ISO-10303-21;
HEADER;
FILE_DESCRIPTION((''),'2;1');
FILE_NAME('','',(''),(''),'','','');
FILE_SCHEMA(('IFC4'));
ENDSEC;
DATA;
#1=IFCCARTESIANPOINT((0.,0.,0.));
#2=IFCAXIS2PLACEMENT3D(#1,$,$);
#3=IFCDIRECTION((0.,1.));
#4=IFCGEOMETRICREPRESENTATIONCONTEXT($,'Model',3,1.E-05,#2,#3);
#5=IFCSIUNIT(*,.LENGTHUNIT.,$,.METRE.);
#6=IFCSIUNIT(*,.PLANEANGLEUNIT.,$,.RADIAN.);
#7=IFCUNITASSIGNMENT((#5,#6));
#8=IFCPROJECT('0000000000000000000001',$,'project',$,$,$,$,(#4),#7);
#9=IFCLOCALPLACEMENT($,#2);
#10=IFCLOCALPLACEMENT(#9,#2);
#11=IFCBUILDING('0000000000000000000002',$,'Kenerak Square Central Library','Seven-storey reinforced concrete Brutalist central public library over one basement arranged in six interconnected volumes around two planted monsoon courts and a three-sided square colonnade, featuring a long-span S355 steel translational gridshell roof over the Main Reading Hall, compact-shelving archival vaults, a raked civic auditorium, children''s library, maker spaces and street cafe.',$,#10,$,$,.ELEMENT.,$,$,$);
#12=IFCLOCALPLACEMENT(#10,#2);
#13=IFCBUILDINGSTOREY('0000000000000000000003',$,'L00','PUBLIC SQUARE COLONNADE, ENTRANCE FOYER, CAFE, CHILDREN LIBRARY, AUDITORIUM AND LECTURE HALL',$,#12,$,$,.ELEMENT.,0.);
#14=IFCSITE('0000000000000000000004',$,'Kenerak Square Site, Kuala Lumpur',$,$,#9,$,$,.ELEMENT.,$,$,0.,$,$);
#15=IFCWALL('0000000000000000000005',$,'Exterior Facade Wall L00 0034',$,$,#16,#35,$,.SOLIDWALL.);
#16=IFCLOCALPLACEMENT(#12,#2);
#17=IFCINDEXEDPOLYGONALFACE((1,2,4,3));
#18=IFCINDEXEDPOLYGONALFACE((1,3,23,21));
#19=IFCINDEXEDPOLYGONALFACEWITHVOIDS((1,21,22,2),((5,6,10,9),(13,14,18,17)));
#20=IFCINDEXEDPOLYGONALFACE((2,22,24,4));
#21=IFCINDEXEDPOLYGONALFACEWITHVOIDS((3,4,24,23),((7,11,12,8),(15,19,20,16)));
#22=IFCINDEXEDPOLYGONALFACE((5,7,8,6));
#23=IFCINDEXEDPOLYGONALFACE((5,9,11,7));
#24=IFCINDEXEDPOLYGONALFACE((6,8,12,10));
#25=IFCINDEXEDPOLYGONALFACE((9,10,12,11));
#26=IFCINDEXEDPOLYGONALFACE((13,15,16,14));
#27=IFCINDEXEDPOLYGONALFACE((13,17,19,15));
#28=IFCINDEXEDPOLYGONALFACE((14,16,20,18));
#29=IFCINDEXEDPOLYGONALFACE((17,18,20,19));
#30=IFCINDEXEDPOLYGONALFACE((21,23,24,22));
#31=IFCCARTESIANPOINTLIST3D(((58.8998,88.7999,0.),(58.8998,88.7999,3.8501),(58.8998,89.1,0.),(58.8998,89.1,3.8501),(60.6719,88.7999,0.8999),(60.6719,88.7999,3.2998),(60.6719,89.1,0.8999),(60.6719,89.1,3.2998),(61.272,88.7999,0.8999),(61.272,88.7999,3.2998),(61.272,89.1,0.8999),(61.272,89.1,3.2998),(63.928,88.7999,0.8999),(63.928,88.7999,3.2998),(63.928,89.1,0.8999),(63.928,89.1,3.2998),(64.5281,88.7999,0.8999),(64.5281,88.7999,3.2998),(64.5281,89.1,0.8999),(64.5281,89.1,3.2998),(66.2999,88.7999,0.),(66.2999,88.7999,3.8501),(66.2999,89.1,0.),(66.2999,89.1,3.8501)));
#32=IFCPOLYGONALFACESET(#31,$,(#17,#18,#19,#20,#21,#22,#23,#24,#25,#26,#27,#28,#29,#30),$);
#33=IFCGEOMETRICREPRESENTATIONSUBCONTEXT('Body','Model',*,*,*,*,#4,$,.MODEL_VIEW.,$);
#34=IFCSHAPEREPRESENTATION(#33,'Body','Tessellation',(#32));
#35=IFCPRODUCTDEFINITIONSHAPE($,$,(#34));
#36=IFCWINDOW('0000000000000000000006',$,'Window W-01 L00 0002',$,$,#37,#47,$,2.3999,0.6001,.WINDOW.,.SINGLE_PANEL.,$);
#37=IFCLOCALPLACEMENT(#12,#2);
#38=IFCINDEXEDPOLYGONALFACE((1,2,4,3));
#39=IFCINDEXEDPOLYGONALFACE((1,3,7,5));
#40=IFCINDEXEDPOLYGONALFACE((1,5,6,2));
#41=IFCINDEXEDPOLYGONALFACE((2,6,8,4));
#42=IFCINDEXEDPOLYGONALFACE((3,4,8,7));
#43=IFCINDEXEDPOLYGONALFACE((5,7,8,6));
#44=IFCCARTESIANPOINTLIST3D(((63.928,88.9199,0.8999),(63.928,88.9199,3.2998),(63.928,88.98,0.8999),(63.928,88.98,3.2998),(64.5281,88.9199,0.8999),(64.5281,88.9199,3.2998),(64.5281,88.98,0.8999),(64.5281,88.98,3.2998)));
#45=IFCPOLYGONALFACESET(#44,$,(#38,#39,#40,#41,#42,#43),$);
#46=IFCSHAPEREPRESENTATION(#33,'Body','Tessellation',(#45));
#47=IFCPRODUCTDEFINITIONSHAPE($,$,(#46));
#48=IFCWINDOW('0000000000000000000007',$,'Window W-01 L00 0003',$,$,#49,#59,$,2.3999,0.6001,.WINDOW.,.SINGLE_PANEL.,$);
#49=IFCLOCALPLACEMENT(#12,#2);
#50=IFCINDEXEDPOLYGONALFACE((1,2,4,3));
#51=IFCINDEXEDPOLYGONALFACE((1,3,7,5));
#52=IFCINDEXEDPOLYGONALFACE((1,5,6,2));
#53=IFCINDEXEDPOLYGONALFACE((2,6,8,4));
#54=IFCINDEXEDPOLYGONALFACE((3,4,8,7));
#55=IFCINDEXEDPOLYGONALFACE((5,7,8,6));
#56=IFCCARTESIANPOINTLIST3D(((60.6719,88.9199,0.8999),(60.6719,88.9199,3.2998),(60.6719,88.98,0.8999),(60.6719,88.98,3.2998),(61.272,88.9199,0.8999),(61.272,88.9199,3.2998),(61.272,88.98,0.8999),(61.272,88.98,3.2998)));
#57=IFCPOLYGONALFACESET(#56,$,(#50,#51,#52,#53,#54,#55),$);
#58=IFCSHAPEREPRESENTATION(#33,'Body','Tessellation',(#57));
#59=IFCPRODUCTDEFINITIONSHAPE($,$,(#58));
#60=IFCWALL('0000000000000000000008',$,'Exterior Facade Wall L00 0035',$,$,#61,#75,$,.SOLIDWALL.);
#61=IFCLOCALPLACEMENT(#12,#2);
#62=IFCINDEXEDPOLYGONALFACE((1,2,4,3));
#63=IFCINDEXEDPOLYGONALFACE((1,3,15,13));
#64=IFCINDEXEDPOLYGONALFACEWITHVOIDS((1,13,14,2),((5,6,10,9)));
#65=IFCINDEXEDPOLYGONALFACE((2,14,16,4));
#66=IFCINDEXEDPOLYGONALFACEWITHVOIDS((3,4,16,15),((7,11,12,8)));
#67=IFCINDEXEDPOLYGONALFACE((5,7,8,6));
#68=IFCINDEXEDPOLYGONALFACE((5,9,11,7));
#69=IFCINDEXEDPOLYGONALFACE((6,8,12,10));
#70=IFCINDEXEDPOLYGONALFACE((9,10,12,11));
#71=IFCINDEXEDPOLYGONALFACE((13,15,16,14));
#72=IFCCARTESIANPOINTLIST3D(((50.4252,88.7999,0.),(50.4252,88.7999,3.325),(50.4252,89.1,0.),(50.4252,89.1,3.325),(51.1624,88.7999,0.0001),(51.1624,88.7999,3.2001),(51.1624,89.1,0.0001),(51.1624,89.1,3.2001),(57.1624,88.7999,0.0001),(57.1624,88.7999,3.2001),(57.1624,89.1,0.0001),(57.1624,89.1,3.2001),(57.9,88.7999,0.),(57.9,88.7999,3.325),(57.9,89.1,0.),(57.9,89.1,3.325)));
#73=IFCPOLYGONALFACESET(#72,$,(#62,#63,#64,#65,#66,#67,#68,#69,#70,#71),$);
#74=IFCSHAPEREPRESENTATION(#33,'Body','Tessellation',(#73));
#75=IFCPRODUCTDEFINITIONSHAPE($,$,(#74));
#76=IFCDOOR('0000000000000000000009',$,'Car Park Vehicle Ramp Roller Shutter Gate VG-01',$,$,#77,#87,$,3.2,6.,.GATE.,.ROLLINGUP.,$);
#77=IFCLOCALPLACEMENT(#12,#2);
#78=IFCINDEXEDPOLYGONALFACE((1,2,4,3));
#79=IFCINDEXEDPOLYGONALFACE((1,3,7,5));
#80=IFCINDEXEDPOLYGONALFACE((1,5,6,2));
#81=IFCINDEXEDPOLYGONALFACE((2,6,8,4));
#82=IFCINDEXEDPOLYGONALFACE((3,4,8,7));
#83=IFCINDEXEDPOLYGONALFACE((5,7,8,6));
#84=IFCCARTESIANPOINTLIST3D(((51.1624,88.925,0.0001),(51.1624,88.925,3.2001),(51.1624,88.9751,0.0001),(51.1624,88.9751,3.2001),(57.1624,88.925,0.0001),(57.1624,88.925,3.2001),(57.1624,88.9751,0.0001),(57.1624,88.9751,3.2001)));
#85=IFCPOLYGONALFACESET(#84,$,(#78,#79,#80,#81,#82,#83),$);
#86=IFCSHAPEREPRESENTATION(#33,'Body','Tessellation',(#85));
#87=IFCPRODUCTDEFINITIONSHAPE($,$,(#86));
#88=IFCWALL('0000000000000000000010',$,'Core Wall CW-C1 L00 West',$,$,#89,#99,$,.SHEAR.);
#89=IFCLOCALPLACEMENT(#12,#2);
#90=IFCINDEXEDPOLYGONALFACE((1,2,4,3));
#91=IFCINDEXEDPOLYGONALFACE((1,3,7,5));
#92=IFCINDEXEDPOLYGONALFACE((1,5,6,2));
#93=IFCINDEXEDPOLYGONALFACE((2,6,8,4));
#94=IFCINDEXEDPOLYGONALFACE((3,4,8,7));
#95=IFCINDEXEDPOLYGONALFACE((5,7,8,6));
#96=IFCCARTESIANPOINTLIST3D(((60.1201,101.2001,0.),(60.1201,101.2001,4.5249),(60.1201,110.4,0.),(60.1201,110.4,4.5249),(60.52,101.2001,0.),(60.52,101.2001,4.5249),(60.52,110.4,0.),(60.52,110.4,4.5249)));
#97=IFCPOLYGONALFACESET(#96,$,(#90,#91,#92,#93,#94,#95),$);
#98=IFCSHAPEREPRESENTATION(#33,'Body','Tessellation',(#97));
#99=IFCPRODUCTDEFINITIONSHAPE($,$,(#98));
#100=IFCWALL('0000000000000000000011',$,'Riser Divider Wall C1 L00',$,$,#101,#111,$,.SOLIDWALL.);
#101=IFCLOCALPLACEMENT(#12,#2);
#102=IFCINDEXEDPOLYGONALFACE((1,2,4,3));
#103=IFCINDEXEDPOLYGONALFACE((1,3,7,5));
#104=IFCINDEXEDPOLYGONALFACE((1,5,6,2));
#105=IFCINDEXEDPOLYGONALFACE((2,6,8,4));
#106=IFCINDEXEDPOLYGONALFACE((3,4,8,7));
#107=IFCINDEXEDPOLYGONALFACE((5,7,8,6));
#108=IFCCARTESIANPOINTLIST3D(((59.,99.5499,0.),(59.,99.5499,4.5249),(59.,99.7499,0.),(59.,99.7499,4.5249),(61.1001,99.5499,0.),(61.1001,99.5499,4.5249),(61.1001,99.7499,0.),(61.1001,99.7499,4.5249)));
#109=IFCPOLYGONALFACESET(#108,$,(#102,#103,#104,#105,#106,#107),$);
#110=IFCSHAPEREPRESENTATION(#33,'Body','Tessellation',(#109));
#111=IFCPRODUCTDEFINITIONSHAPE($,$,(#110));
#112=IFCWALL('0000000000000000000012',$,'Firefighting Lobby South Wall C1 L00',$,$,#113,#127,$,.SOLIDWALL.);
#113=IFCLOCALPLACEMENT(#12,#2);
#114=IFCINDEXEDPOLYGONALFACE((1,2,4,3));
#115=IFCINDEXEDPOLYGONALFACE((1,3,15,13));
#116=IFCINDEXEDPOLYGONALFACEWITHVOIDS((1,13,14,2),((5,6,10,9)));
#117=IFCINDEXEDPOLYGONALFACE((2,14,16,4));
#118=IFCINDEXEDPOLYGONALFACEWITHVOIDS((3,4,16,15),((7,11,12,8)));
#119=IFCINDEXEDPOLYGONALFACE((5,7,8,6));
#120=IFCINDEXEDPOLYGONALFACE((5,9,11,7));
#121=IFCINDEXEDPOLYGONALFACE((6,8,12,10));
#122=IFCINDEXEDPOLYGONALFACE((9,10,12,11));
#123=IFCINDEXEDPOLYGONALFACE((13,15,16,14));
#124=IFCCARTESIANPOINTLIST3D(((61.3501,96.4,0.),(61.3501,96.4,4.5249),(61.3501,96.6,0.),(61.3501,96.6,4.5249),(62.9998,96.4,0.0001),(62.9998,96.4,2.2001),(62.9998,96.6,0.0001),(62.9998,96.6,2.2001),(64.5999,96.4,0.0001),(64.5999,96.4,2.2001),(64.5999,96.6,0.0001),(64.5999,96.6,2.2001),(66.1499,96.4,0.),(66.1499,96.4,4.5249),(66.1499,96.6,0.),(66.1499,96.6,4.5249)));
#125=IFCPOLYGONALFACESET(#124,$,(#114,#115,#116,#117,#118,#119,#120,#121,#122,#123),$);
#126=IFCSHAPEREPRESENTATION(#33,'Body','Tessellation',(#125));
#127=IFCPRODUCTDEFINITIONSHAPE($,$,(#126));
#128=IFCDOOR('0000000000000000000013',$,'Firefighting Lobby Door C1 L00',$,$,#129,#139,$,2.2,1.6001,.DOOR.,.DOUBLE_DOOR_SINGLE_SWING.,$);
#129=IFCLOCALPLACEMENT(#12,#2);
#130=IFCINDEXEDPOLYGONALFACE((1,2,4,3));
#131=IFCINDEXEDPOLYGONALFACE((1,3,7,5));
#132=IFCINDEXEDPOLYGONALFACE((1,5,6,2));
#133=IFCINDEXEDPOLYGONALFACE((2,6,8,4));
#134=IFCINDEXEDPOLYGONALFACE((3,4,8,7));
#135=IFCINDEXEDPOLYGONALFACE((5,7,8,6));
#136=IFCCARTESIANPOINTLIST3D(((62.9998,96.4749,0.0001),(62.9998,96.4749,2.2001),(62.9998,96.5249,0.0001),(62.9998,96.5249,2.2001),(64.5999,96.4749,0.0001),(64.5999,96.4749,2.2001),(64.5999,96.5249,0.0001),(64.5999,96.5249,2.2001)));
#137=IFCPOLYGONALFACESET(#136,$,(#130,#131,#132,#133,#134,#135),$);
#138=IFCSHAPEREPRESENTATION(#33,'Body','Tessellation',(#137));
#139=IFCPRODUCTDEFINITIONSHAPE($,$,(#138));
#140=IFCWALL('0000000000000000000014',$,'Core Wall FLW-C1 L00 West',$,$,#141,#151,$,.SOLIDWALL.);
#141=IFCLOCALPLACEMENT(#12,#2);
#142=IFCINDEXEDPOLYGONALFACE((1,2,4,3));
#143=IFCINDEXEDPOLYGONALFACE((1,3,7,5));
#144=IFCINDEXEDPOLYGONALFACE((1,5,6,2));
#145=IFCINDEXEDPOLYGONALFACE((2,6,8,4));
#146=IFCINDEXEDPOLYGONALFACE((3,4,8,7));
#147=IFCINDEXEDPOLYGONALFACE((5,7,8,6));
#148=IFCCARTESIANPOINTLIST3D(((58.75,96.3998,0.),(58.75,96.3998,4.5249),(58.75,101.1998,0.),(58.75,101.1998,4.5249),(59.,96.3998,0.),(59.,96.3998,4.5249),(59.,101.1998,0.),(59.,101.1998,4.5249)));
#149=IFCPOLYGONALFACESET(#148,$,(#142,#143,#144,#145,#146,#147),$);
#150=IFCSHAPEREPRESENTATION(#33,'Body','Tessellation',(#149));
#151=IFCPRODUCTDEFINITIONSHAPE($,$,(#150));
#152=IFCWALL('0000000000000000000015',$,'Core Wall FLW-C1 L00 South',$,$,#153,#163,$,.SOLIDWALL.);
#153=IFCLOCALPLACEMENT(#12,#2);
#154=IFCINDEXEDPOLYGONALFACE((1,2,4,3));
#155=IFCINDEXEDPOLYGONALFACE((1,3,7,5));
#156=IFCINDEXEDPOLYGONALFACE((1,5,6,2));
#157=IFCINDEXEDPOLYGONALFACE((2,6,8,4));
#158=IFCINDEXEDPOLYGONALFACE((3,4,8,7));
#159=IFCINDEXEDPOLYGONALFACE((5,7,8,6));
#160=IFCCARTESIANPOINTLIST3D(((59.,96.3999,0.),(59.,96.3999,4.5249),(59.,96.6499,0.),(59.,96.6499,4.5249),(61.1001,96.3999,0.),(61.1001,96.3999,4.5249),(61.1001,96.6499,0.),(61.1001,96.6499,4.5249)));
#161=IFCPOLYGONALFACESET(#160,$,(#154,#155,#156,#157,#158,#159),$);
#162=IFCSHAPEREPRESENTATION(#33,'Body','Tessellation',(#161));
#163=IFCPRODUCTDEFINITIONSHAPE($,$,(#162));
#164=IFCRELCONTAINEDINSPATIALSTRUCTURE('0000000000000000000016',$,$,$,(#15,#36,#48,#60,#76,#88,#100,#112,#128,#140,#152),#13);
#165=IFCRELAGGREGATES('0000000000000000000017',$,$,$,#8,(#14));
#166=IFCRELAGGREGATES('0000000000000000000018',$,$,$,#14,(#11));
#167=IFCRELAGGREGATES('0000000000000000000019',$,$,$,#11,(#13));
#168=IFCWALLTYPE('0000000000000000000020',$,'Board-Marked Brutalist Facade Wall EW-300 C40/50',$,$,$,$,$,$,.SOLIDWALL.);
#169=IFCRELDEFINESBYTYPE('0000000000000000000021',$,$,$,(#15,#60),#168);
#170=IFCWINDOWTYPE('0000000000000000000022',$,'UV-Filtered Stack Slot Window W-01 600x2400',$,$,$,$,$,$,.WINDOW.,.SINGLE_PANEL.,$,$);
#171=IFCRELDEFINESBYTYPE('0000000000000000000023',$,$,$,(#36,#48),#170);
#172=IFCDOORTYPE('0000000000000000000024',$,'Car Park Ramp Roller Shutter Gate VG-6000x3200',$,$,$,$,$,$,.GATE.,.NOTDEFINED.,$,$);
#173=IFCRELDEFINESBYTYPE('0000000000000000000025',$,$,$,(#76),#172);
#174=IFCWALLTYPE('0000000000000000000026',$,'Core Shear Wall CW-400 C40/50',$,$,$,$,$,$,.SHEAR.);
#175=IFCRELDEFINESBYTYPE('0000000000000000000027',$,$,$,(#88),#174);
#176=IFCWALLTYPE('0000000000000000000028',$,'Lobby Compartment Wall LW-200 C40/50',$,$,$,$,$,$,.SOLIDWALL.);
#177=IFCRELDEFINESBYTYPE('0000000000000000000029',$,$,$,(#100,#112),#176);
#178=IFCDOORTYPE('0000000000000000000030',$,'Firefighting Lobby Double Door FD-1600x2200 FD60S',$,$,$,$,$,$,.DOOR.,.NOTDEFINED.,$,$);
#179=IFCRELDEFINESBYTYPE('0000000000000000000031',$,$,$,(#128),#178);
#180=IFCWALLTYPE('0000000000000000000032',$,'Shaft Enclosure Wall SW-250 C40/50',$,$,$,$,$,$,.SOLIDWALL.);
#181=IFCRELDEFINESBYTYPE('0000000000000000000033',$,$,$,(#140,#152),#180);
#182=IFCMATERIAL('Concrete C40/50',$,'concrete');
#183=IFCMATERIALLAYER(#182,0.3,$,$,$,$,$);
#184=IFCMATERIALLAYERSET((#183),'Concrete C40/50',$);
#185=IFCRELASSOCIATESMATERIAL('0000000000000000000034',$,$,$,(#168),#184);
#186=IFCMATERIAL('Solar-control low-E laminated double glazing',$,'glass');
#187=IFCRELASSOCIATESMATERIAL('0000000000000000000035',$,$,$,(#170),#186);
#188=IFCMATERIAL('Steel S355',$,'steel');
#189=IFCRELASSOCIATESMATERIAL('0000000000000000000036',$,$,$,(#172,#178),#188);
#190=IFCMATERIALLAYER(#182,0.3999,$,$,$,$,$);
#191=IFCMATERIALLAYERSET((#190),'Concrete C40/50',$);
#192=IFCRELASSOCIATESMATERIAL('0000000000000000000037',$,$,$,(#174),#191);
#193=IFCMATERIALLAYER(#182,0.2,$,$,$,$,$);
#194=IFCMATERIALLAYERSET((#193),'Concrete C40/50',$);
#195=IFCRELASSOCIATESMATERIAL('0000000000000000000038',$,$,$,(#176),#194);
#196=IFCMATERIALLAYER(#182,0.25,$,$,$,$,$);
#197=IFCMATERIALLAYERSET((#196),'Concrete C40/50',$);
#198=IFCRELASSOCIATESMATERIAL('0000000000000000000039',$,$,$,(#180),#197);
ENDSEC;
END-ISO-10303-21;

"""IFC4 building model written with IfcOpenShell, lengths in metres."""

from ifc_helpers import new_model, si_unit, direction, frame, frame_2d, origin, place, context, subcontext, project, spatial, rectangle, extrude, material, layer, layer_set, type_object, element, fill, save


model = new_model("IFC4")

# Units and contexts
model_context = context("Model", 3, precision=1e-05, world=origin(), true_north=direction((0.0, 1.0)))
body_context = subcontext(model_context, "Body", "Model", "MODEL_VIEW")
ifc_project = project(units=[si_unit("LENGTHUNIT", "METRE"), si_unit("PLANEANGLEUNIT", "RADIAN")], contexts=[model_context])

# Site, building, storey
site_placement = place(None, origin())
site = spatial("IfcSite", under=ifc_project, at=site_placement, Name="Kenerak Square Site, Kuala Lumpur", CompositionType="ELEMENT", RefElevation=0.0)
building_placement = place(site_placement, origin())
building = spatial("IfcBuilding", under=site, at=building_placement, Name="Kenerak Square Central Library", Description="Seven-storey reinforced concrete Brutalist central public library over one basement arranged in six interconnected volumes around two planted monsoon courts and a three-sided square colonnade, featuring a long-span S355 steel translational gridshell roof over the Main Reading Hall, compact-shelving archival vaults, a raked civic auditorium, children's library, maker spaces and street cafe.", CompositionType="ELEMENT")
storey_placement = place(building_placement, origin())
storey = spatial("IfcBuildingStorey", under=building, at=storey_placement, Name="L00", Description="PUBLIC SQUARE COLONNADE, ENTRANCE FOYER, CAFE, CHILDREN LIBRARY, AUDITORIUM AND LECTURE HALL", CompositionType="ELEMENT", Elevation=0.0)

# Shared definitions
ifc_material_1 = material(Name="Concrete C40/50", Category="concrete")

# Wall, openings, windows
ifc_layer_1 = layer(ifc_material_1, 0.3)
ifc_layer_set_1 = layer_set([ifc_layer_1], Name="Concrete C40/50")
wall_type_1 = type_object("IfcWallType", Name="Board-Marked Brutalist Facade Wall EW-300 C40/50", PredefinedType="SOLIDWALL", material=ifc_layer_set_1)
wall_1_placement = place(storey_placement, frame((66.3, 88.95, 0.0), z_axis=(0.0, 0.0, 1.0), x_axis=(-1.0, 0.0, 0.0)))
wall_1 = element("IfcWall", 1, at=wall_1_placement, inside=storey, type_object=wall_type_1, Name="Exterior Facade Wall L00 0034", PredefinedType="SOLIDWALL", context=body_context, shape_type="SweptSolid", body=[
    extrude(rectangle(XDim=7.4001, YDim=0.3, at=frame_2d((3.7002, 0.0))), origin(), (0.0, 0.0, 1.0), 3.8501),
])
opening_1_placement = place(wall_1_placement, frame((1.772, 0.0, 0.8999)))
opening_1 = element("IfcOpeningElement", 2, at=opening_1_placement, cuts=wall_1, PredefinedType="OPENING", context=body_context, shape_type="SweptSolid", body=[
    extrude(rectangle(XDim=0.6001, YDim=2.3999, at=frame_2d((0.3, 1.2))), frame((0.0, 0.1599, 0.0), z_axis=(0.0, -1.0, 0.0), x_axis=(1.0, 0.0, 0.0)), (0.0, 0.0, 1.0), 0.3201),
])
opening_2_placement = place(wall_1_placement, frame((5.0281, 0.0, 0.8999)))
opening_2 = element("IfcOpeningElement", 3, at=opening_2_placement, cuts=wall_1, PredefinedType="OPENING", context=body_context, shape_type="SweptSolid", body=[
    extrude(rectangle(XDim=0.6001, YDim=2.3999, at=frame_2d((0.3, 1.2))), frame((0.0, 0.1599, 0.0), z_axis=(0.0, -1.0, 0.0), x_axis=(1.0, 0.0, 0.0)), (0.0, 0.0, 1.0), 0.3201),
])
ifc_material_2 = material(Name="Solar-control low-E laminated double glazing", Category="glass")
window_type = type_object("IfcWindowType", Name="UV-Filtered Stack Slot Window W-01 600x2400", PartitioningType="SINGLE_PANEL", PredefinedType="WINDOW", material=ifc_material_2)
window_1_placement = place(opening_1_placement, origin())
window_1 = element("IfcWindow", 4, at=window_1_placement, inside=storey, type_object=window_type, Name="Window W-01 L00 0002", OverallHeight=2.3999, OverallWidth=0.6001, PartitioningType="SINGLE_PANEL", PredefinedType="WINDOW", context=body_context, shape_type="SweptSolid", body=[
    extrude(rectangle(XDim=0.6001, YDim=2.3999, at=frame_2d((0.3, 1.2))), frame((0.0, 0.03, 0.0), z_axis=(0.0, -1.0, 0.0), x_axis=(1.0, 0.0, 0.0)), (0.0, 0.0, 1.0), 0.0601),
])
fill(opening_1, window_1)
window_2_placement = place(opening_2_placement, origin())
window_2 = element("IfcWindow", 5, at=window_2_placement, inside=storey, type_object=window_type, Name="Window W-01 L00 0003", OverallHeight=2.3999, OverallWidth=0.6001, PartitioningType="SINGLE_PANEL", PredefinedType="WINDOW", context=body_context, shape_type="SweptSolid", body=[
    extrude(rectangle(XDim=0.6001, YDim=2.3999, at=frame_2d((0.3, 1.2))), frame((0.0, 0.03, 0.0), z_axis=(0.0, -1.0, 0.0), x_axis=(1.0, 0.0, 0.0)), (0.0, 0.0, 1.0), 0.0601),
])
fill(opening_2, window_2)

# Wall, opening, door
wall_2_placement = place(storey_placement, frame((57.8999, 88.95, 0.0), z_axis=(0.0, 0.0, 1.0), x_axis=(-1.0, 0.0, 0.0)))
wall_2 = element("IfcWall", 6, at=wall_2_placement, inside=storey, type_object=wall_type_1, Name="Exterior Facade Wall L00 0035", PredefinedType="SOLIDWALL", context=body_context, shape_type="SweptSolid", body=[
    extrude(rectangle(XDim=7.4749, YDim=0.3, at=frame_2d((3.7373, 0.0))), origin(), (0.0, 0.0, 1.0), 3.325),
])
opening_3_placement = place(wall_2_placement, frame((0.7375, 0.0, 0.0)))
opening_3 = element("IfcOpeningElement", 7, at=opening_3_placement, cuts=wall_2, PredefinedType="OPENING", context=body_context, shape_type="SweptSolid", body=[
    extrude(rectangle(XDim=6.0, YDim=3.2, at=frame_2d((3.0, 1.6001))), frame((0.0, 0.1599, 0.0), z_axis=(0.0, -1.0, 0.0), x_axis=(1.0, 0.0, 0.0)), (0.0, 0.0, 1.0), 0.3201),
])
ifc_material_3 = material(Name="Steel S355", Category="steel")
door_type_1 = type_object("IfcDoorType", Name="Car Park Ramp Roller Shutter Gate VG-6000x3200", OperationType="NOTDEFINED", PredefinedType="GATE", material=ifc_material_3)
door_1_placement = place(opening_3_placement, origin())
door_1 = element("IfcDoor", 8, at=door_1_placement, inside=storey, type_object=door_type_1, Name="Car Park Vehicle Ramp Roller Shutter Gate VG-01", OperationType="ROLLINGUP", OverallHeight=3.2, OverallWidth=6.0, PredefinedType="GATE", context=body_context, shape_type="SweptSolid", body=[
    extrude(rectangle(XDim=6.0, YDim=3.2, at=frame_2d((3.0, 1.6001))), frame((0.0, 0.0249, 0.0), z_axis=(0.0, -1.0, 0.0), x_axis=(1.0, 0.0, 0.0)), (0.0, 0.0, 1.0), 0.05),
])
fill(opening_3, door_1)

# Walls
ifc_layer_2 = layer(ifc_material_1, 0.3999)
ifc_layer_set_2 = layer_set([ifc_layer_2], Name="Concrete C40/50")
wall_type_2 = type_object("IfcWallType", Name="Core Shear Wall CW-400 C40/50", PredefinedType="SHEAR", material=ifc_layer_set_2)
wall_3_placement = place(storey_placement, frame((60.3201, 101.2, 0.0), z_axis=(0.0, 0.0, 1.0), x_axis=(0.0, 1.0, 0.0)))
element("IfcWall", 9, at=wall_3_placement, inside=storey, type_object=wall_type_2, Name="Core Wall CW-C1 L00 West", PredefinedType="SHEAR", context=body_context, shape_type="SweptSolid", body=[
    extrude(rectangle(XDim=9.2, YDim=0.3999, at=frame_2d((4.6001, 0.0))), origin(), (0.0, 0.0, 1.0), 4.5249),
])
ifc_layer_3 = layer(ifc_material_1, 0.2)
ifc_layer_set_3 = layer_set([ifc_layer_3], Name="Concrete C40/50")
wall_type_3 = type_object("IfcWallType", Name="Lobby Compartment Wall LW-200 C40/50", PredefinedType="SOLIDWALL", material=ifc_layer_set_3)
wall_4_placement = place(storey_placement, frame((59.0, 99.6499, 0.0), z_axis=(0.0, 0.0, 1.0), x_axis=(1.0, 0.0, 0.0)))
element("IfcWall", 10, at=wall_4_placement, inside=storey, type_object=wall_type_3, Name="Riser Divider Wall C1 L00", PredefinedType="SOLIDWALL", context=body_context, shape_type="SweptSolid", body=[
    extrude(rectangle(XDim=2.1001, YDim=0.2, at=frame_2d((1.05, 0.0))), origin(), (0.0, 0.0, 1.0), 4.5249),
])

# Wall, opening, door
wall_5_placement = place(storey_placement, frame((66.1499, 96.5, 0.0), z_axis=(0.0, 0.0, 1.0), x_axis=(-1.0, 0.0, 0.0)))
wall_5 = element("IfcWall", 11, at=wall_5_placement, inside=storey, type_object=wall_type_3, Name="Firefighting Lobby South Wall C1 L00", PredefinedType="SOLIDWALL", context=body_context, shape_type="SweptSolid", body=[
    extrude(rectangle(XDim=4.7998, YDim=0.2, at=frame_2d((2.3999, 0.0))), origin(), (0.0, 0.0, 1.0), 4.5249),
])
opening_4_placement = place(wall_5_placement, frame((1.55, 0.0, 0.0)))
opening_4 = element("IfcOpeningElement", 12, at=opening_4_placement, cuts=wall_5, PredefinedType="OPENING", context=body_context, shape_type="SweptSolid", body=[
    extrude(rectangle(XDim=1.6001, YDim=2.2, at=frame_2d((0.8, 1.1001))), frame((0.0, 0.1099, 0.0), z_axis=(0.0, -1.0, 0.0), x_axis=(1.0, 0.0, 0.0)), (0.0, 0.0, 1.0), 0.22),
])
door_type_2 = type_object("IfcDoorType", Name="Firefighting Lobby Double Door FD-1600x2200 FD60S", OperationType="NOTDEFINED", PredefinedType="DOOR", material=ifc_material_3)
door_2_placement = place(opening_4_placement, frame((1.6001, 0.0, 0.0), z_axis=(0.0, 0.0, 1.0), x_axis=(-1.0, 0.0, 0.0)))
door_2 = element("IfcDoor", 13, at=door_2_placement, inside=storey, type_object=door_type_2, Name="Firefighting Lobby Door C1 L00", OperationType="DOUBLE_DOOR_SINGLE_SWING", OverallHeight=2.2, OverallWidth=1.6001, PredefinedType="DOOR", context=body_context, shape_type="SweptSolid", body=[
    extrude(rectangle(XDim=1.6001, YDim=2.2, at=frame_2d((0.8, 1.1001))), frame((0.0, 0.0249, 0.0), z_axis=(0.0, -1.0, 0.0), x_axis=(1.0, 0.0, 0.0)), (0.0, 0.0, 1.0), 0.05),
])
fill(opening_4, door_2)

# Walls
ifc_layer_4 = layer(ifc_material_1, 0.25)
ifc_layer_set_4 = layer_set([ifc_layer_4], Name="Concrete C40/50")
wall_type_4 = type_object("IfcWallType", Name="Shaft Enclosure Wall SW-250 C40/50", PredefinedType="SOLIDWALL", material=ifc_layer_set_4)
wall_6_placement = place(storey_placement, frame((58.875, 96.3999, 0.0), z_axis=(0.0, 0.0, 1.0), x_axis=(0.0, 1.0, 0.0)))
element("IfcWall", 14, at=wall_6_placement, inside=storey, type_object=wall_type_4, Name="Core Wall FLW-C1 L00 West", PredefinedType="SOLIDWALL", context=body_context, shape_type="SweptSolid", body=[
    extrude(rectangle(XDim=4.8, YDim=0.25, at=frame_2d((2.3999, 0.0))), origin(), (0.0, 0.0, 1.0), 4.5249),
])
for number, where, z_axis, x_axis, name in (
    (15, (61.1001, 96.5249, 0.0), (0.0, 0.0, 1.0), (-1.0, 0.0, 0.0), "Core Wall FLW-C1 L00 South"),
):
    element("IfcWall", number, at=place(storey_placement, frame(where, z_axis=z_axis, x_axis=x_axis)), inside=storey, type_object=wall_type_4, Name=name, PredefinedType="SOLIDWALL", context=body_context, shape_type="SweptSolid", body=[
        extrude(rectangle(XDim=2.1001, YDim=0.25, at=frame_2d((1.05, 0.0))), origin(), (0.0, 0.0, 1.0), 4.5249),
    ])

save(model, "model.ifc")
